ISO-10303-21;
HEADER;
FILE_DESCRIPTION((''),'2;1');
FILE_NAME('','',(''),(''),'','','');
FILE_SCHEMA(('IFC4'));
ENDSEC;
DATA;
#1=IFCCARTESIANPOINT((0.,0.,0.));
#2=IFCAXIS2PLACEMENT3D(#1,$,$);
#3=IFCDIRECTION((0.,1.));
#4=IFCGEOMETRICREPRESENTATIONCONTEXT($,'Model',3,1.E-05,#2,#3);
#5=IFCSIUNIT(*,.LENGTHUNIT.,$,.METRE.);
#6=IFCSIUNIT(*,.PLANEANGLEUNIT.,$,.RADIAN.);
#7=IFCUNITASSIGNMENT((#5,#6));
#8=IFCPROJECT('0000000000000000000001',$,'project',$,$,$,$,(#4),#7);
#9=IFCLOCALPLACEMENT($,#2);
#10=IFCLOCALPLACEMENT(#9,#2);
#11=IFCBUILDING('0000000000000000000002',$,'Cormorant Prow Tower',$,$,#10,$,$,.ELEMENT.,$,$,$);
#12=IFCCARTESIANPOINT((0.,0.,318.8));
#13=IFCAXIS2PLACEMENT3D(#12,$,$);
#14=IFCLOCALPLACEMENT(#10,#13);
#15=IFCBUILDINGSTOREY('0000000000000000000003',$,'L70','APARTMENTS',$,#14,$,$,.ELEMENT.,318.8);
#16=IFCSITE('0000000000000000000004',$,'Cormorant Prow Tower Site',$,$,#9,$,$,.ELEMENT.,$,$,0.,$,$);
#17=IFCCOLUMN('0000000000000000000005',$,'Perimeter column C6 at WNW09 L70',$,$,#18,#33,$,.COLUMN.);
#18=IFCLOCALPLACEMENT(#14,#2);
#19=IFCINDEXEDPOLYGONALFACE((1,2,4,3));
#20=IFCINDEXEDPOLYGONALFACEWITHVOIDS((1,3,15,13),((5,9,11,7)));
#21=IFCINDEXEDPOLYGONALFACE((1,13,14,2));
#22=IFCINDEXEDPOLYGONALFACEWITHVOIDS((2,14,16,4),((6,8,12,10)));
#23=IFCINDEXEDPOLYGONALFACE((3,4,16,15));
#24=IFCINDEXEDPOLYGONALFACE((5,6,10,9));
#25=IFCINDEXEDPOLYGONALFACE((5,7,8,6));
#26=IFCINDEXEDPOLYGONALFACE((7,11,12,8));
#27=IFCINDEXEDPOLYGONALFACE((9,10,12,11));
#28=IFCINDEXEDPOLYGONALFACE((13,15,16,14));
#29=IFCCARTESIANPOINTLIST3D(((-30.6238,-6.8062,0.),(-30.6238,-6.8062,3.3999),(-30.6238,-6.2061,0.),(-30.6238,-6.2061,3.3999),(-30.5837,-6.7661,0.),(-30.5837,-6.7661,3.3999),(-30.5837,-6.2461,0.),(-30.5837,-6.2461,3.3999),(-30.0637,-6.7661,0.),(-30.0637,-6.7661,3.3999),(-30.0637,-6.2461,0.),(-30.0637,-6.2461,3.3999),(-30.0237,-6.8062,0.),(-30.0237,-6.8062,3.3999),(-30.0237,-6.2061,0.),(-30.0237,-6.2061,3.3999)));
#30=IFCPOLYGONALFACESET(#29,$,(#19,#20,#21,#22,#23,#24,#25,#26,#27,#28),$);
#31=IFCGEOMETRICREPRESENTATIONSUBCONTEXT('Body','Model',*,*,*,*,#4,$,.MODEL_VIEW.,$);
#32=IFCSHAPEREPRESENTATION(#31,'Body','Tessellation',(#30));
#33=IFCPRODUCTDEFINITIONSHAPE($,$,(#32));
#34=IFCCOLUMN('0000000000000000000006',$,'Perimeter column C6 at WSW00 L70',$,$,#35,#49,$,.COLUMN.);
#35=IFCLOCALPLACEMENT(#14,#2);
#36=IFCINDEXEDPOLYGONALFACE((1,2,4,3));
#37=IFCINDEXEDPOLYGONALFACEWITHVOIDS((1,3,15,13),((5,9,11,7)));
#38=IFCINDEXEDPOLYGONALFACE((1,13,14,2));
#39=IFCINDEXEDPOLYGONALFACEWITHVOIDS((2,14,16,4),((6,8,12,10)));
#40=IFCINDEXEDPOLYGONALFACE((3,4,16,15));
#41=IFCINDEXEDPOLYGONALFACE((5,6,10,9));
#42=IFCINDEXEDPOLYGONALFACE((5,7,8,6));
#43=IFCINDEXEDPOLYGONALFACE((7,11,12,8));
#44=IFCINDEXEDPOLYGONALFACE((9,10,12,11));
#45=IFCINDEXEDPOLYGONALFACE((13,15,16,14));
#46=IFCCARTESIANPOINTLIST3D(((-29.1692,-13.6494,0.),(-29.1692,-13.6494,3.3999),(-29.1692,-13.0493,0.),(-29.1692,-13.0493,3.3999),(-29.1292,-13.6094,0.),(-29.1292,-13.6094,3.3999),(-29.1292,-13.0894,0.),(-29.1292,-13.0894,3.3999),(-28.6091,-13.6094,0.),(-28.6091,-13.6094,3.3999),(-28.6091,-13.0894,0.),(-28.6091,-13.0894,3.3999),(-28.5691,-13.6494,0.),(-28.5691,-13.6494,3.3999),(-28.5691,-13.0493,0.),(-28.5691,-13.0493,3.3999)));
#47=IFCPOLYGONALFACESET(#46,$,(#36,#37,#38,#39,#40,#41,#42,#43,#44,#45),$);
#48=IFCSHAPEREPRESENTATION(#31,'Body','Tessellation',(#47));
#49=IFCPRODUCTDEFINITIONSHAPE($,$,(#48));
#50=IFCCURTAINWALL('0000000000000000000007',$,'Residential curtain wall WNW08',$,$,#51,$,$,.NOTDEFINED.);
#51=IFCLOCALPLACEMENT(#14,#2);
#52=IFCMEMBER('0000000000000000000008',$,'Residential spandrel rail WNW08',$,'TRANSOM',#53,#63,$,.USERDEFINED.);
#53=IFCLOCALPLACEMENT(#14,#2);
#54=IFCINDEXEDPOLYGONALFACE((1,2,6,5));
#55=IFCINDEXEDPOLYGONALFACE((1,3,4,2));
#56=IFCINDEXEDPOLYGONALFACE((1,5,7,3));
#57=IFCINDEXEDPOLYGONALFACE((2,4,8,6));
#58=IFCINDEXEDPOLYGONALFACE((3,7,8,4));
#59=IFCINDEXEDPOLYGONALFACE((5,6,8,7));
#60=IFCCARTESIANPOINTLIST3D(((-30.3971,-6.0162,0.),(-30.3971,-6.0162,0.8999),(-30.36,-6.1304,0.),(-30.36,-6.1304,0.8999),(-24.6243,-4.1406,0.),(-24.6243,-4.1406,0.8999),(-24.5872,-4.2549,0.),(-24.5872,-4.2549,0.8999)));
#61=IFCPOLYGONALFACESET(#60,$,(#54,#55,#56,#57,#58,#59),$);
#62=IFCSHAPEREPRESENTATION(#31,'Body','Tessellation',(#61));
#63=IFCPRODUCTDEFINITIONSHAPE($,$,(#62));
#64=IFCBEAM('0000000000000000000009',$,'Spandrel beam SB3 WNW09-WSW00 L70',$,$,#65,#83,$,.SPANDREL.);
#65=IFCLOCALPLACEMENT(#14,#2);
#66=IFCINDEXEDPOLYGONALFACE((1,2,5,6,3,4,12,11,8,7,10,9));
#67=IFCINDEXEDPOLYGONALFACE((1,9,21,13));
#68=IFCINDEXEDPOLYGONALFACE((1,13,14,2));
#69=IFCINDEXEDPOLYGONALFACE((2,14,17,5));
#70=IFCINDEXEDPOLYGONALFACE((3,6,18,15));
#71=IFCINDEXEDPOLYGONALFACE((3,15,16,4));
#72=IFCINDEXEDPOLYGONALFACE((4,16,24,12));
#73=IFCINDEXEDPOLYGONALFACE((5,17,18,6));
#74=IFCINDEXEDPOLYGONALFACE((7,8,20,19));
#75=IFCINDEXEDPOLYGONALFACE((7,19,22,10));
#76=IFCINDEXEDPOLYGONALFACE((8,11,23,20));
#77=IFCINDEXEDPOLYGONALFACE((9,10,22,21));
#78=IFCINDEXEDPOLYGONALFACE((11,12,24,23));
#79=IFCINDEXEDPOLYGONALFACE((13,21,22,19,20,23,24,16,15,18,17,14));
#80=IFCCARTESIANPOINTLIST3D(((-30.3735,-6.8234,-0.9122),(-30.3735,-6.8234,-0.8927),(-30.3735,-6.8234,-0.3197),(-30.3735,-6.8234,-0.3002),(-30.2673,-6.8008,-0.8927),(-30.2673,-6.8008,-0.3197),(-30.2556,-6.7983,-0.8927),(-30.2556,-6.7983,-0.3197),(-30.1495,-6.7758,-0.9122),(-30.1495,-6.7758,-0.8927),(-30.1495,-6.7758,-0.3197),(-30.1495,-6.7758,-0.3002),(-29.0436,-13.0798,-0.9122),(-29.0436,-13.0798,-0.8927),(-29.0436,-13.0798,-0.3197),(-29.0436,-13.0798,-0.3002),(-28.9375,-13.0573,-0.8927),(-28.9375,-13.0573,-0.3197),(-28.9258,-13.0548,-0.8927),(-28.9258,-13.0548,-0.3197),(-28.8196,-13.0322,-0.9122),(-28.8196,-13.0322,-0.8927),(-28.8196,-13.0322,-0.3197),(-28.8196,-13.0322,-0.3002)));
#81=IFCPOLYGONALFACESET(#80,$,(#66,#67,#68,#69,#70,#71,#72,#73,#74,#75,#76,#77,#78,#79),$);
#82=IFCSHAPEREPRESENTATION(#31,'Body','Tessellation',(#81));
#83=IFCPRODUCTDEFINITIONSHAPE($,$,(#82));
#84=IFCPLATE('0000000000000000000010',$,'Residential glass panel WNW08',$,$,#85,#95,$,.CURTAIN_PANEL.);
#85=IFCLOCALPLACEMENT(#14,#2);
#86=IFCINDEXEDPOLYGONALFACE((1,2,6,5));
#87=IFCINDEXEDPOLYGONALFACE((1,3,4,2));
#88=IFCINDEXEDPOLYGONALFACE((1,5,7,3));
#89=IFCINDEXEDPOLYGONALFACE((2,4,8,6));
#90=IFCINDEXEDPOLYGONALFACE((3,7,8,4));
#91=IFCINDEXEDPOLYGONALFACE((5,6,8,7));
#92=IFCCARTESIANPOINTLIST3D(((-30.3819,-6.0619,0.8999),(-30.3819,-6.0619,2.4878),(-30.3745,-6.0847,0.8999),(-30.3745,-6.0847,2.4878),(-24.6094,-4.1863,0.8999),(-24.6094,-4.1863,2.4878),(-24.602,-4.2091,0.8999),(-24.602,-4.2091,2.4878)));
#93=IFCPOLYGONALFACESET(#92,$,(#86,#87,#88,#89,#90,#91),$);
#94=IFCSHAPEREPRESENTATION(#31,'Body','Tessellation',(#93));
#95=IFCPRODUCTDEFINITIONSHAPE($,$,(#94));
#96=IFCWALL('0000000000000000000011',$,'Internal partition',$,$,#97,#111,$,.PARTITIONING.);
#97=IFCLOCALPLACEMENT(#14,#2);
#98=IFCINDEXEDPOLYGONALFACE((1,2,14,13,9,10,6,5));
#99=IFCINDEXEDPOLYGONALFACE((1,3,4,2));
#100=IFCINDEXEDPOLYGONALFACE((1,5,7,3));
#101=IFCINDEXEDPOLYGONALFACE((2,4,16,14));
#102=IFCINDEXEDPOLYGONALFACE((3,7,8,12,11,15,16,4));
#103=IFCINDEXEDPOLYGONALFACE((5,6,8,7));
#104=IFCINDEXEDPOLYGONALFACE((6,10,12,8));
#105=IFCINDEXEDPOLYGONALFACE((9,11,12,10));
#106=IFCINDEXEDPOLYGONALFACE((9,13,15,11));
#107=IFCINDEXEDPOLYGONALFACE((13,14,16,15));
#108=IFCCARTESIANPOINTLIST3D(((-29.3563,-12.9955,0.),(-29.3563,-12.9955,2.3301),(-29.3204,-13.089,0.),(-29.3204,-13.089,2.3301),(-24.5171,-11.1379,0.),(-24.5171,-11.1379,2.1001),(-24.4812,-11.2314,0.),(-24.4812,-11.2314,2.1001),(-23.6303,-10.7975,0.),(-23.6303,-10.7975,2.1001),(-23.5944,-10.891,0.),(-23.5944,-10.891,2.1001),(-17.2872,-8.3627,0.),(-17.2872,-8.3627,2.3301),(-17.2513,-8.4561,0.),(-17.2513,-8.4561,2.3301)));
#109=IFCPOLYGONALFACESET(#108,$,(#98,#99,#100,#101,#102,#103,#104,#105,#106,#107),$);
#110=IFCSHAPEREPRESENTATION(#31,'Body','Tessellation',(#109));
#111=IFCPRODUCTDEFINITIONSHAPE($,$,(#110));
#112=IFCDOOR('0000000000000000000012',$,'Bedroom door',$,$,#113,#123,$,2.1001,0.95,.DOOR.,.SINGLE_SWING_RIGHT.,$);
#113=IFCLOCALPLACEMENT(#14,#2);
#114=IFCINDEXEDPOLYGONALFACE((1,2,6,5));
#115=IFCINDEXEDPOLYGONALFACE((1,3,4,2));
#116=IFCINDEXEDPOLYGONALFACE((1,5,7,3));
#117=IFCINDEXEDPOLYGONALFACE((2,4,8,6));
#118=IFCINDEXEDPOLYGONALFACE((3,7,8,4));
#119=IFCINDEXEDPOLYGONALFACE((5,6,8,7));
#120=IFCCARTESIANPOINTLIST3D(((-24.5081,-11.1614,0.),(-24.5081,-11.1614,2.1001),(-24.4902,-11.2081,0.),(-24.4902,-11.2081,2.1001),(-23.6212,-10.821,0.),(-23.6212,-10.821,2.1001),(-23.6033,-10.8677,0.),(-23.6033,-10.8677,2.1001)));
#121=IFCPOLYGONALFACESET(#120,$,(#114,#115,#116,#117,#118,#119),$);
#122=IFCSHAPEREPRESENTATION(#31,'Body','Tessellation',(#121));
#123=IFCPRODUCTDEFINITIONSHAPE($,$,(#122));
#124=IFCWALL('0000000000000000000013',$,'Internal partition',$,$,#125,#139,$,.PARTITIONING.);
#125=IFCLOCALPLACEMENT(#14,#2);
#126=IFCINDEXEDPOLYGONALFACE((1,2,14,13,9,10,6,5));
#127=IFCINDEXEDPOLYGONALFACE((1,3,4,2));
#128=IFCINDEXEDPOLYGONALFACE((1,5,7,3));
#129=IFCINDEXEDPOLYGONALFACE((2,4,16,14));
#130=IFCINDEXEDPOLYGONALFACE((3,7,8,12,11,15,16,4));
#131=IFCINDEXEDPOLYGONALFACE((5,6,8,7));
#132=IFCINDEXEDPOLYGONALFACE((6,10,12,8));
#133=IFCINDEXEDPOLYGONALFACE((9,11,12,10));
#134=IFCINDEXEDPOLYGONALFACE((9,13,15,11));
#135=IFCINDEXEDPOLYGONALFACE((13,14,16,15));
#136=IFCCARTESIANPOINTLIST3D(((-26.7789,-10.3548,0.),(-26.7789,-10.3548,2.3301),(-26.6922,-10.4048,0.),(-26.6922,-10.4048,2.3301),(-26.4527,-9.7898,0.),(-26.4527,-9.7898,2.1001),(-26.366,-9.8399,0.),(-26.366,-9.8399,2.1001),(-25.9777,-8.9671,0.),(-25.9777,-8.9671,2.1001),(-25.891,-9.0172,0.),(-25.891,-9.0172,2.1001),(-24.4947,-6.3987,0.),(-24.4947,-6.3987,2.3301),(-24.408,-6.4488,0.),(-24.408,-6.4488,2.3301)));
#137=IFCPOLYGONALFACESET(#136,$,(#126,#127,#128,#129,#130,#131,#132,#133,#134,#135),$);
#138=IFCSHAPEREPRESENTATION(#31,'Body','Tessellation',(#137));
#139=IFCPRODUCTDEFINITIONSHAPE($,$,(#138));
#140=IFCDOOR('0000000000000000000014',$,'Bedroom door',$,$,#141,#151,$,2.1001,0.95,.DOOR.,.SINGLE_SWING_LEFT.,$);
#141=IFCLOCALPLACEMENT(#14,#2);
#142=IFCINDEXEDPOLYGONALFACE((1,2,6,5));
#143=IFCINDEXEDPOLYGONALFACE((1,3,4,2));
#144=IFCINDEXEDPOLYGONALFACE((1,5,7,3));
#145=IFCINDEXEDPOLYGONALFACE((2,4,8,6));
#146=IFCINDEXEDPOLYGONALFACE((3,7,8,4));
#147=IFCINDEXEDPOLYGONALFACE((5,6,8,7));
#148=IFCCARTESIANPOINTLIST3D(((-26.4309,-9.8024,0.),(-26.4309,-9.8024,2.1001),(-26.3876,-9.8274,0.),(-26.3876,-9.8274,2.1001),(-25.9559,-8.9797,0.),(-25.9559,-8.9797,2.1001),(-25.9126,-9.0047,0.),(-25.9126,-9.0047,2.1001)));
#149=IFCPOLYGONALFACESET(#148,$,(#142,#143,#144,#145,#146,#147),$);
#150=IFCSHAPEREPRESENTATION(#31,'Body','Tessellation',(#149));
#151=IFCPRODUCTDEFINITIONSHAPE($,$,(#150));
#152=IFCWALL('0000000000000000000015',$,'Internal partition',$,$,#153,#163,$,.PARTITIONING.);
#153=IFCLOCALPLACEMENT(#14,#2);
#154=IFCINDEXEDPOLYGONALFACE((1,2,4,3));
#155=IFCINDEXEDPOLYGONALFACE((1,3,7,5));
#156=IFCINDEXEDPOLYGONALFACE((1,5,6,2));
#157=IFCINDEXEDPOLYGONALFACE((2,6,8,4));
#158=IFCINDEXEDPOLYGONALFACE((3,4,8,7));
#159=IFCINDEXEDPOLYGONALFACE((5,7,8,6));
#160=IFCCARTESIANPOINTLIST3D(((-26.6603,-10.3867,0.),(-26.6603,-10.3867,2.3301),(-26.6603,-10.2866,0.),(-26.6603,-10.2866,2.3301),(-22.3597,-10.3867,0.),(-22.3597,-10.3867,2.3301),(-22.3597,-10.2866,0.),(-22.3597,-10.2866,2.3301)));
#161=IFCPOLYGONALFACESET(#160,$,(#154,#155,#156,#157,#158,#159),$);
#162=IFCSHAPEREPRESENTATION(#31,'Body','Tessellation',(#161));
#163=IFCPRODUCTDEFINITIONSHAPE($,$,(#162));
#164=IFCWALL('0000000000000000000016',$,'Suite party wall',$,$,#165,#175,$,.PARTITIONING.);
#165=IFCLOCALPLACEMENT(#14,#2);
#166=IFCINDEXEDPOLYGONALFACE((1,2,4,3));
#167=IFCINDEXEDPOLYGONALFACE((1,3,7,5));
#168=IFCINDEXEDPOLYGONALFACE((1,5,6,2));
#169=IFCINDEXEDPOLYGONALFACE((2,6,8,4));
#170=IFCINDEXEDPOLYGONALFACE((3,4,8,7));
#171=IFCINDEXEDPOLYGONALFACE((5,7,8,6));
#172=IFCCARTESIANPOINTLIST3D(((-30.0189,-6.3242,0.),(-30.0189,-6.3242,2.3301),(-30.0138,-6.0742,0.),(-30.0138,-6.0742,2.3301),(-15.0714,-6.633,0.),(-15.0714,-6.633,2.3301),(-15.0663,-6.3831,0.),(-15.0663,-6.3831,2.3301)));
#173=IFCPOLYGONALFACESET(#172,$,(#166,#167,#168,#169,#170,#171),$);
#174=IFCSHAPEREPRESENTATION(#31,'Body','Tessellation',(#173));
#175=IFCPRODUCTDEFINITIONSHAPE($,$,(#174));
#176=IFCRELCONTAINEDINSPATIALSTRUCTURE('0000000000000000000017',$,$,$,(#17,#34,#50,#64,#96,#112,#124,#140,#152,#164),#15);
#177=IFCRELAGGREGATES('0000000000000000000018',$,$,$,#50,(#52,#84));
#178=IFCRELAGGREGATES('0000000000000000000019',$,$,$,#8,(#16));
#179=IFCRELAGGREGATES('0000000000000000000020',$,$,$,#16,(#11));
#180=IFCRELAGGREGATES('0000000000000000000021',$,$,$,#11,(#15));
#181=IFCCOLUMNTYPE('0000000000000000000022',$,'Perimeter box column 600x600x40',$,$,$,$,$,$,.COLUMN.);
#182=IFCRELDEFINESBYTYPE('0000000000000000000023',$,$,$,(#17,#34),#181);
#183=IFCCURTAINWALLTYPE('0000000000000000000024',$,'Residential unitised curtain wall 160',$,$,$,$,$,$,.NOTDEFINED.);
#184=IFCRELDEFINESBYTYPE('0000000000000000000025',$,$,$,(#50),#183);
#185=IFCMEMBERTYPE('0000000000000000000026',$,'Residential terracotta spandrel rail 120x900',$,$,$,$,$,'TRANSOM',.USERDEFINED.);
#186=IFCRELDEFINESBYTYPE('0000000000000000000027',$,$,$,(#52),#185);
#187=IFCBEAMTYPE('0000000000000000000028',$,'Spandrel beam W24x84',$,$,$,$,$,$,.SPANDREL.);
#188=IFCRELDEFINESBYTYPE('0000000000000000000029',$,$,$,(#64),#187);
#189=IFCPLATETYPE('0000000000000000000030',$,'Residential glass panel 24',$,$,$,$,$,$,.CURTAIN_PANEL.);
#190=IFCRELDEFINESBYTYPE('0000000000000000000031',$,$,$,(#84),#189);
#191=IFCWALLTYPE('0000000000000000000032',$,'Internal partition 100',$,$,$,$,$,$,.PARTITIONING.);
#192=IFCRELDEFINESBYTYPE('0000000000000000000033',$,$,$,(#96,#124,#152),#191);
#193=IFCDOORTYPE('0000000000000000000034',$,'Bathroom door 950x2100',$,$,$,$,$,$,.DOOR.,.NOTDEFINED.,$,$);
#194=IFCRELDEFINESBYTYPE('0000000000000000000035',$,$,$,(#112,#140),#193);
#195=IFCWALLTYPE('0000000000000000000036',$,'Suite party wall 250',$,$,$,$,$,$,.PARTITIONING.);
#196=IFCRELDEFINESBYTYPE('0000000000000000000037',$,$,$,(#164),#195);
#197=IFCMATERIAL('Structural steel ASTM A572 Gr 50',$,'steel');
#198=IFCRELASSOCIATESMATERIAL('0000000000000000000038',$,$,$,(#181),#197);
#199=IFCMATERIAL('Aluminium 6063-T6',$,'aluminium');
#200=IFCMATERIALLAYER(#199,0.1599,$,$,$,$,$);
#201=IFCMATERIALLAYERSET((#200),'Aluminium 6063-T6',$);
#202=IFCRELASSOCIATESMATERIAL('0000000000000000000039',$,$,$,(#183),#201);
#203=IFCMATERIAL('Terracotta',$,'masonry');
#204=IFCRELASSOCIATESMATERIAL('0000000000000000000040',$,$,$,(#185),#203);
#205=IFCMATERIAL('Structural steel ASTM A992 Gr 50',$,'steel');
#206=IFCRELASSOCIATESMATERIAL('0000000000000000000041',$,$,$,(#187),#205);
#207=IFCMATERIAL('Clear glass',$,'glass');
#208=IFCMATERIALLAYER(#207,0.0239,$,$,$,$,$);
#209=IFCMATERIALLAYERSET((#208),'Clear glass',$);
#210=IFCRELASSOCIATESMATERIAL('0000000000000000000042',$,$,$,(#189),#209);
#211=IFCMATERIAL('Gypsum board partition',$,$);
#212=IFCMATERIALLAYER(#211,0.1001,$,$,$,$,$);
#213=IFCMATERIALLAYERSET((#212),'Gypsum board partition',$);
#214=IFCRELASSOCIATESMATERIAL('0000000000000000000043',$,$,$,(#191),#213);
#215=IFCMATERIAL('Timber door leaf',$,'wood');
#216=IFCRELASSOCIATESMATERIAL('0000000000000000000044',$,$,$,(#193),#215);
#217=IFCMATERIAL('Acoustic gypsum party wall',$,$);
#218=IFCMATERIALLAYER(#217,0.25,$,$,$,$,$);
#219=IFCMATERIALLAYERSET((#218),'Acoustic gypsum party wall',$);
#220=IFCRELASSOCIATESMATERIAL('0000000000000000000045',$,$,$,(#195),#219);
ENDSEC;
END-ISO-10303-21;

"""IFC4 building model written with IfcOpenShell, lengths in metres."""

from ifc_helpers import new_model, si_unit, direction, frame, frame_2d, origin, origin_2d, place, context, subcontext, project, spatial, rectangle, hollow_rectangle, i_section, extrude, material, layer, layer_set, material_profile, profile_set, type_object, element, fill, aggregate, save


model = new_model("IFC4")

# Units and contexts
model_context = context("Model", 3, precision=1e-05, world=origin(), true_north=direction((0.0, 1.0)))
body_context = subcontext(model_context, "Body", "Model", "MODEL_VIEW")
ifc_project = project(units=[si_unit("LENGTHUNIT", "METRE"), si_unit("PLANEANGLEUNIT", "RADIAN")], contexts=[model_context])

# Site, building, storey
site_placement = place(None, origin())
site = spatial("IfcSite", under=ifc_project, at=site_placement, Name="Cormorant Prow Tower Site", CompositionType="ELEMENT", RefElevation=0.0)
building_placement = place(site_placement, origin())
building = spatial("IfcBuilding", under=site, at=building_placement, Name="Cormorant Prow Tower", CompositionType="ELEMENT")
storey_placement = place(building_placement, frame((0.0, 0.0, 318.8)))
storey = spatial("IfcBuildingStorey", under=building, at=storey_placement, Name="L70", Description="APARTMENTS", CompositionType="ELEMENT", Elevation=318.8)

# Columns
ifc_material_1 = material(Name="Structural steel ASTM A572 Gr 50", Category="steel")
ifc_material_profile_1 = material_profile(ifc_material_1, hollow_rectangle(XDim=0.6001, YDim=0.6001, WallThickness=0.04, at=origin_2d()), Name="Box 600x600x40")
ifc_profile_set_1 = profile_set([ifc_material_profile_1], Name="Structural steel ASTM A572 Gr 50")
column_type = type_object("IfcColumnType", Name="Perimeter box column 600x600x40", PredefinedType="COLUMN", material=ifc_profile_set_1)
for number, where, z_axis, x_axis, name in (
    (1, (-30.3237, -6.5061, 0.0), (0.0, 0.0, 1.0), (1.0, 0.0, 0.0), "Perimeter column C6 at WNW09 L70"),
    (2, (-28.8691, -13.3494, 0.0), (0.0, 0.0, 1.0), (1.0, 0.0, 0.0), "Perimeter column C6 at WSW00 L70"),
):
    element("IfcColumn", number, at=place(storey_placement, frame(where, z_axis=z_axis, x_axis=x_axis)), inside=storey, type_object=column_type, Name=name, PredefinedType="COLUMN", context=body_context, shape_type="SweptSolid", body=[
        extrude(hollow_rectangle(XDim=0.6001, YDim=0.6001, WallThickness=0.04, at=origin_2d()), origin(), (0.0, 0.0, 1.0), 3.3999),
    ])

# Curtain wall, member
ifc_material_2 = material(Name="Aluminium 6063-T6", Category="aluminium")
ifc_layer_1 = layer(ifc_material_2, 0.1599)
ifc_layer_set_1 = layer_set([ifc_layer_1], Name="Aluminium 6063-T6")
curtain_wall_type = type_object("IfcCurtainWallType", Name="Residential unitised curtain wall 160", PredefinedType="NOTDEFINED", material=ifc_layer_set_1)
curtain_wall_placement = place(storey_placement, origin())
curtain_wall = element("IfcCurtainWall", 3, at=curtain_wall_placement, inside=storey, type_object=curtain_wall_type, Name="Residential curtain wall WNW08", PredefinedType="NOTDEFINED")
ifc_material_3 = material(Name="Terracotta", Category="masonry")
ifc_material_profile_2 = material_profile(ifc_material_3, rectangle(XDim=0.1201, YDim=0.8999, at=origin_2d()), Name="Residential terracotta spandrel rail 120x900")
ifc_profile_set_2 = profile_set([ifc_material_profile_2], Name="Terracotta")
member_type = type_object("IfcMemberType", Name="Residential terracotta spandrel rail 120x900", ElementType="TRANSOM", PredefinedType="USERDEFINED", material=ifc_profile_set_2)
member_placement = place(storey_placement, frame((-24.6057, -4.1978, 0.45), z_axis=(-0.951065, -0.308991, 0.0), x_axis=(0.308991, -0.951065, 0.0)))
member = element("IfcMember", 4, at=member_placement, type_object=member_type, Name="Residential spandrel rail WNW08", ObjectType="TRANSOM", PredefinedType="USERDEFINED", context=body_context, shape_type="SweptSolid", body=[
    extrude(rectangle(XDim=0.1201, YDim=0.8999, at=origin_2d()), origin(), (0.0, 0.0, 1.0), 6.0698),
])

# Beam
ifc_material_4 = material(Name="Structural steel ASTM A992 Gr 50", Category="steel")
ifc_material_profile_3 = material_profile(ifc_material_4, i_section(OverallWidth=0.229, OverallDepth=0.6121, WebThickness=0.012, FlangeThickness=0.0195, at=origin_2d()), Name="W24x84")
ifc_profile_set_3 = profile_set([ifc_material_profile_3], Name="Structural steel ASTM A992 Gr 50")
beam_type = type_object("IfcBeamType", Name="Spandrel beam W24x84", PredefinedType="SPANDREL", material=ifc_profile_set_3)
beam_placement = place(storey_placement, frame((-30.2615, -6.7996, -0.6062), z_axis=(0.207913, -0.978147, 0.0), x_axis=(0.978147, 0.207913, 0.0)))
element("IfcBeam", 5, at=beam_placement, inside=storey, type_object=beam_type, Name="Spandrel beam SB3 WNW09-WSW00 L70", PredefinedType="SPANDREL", context=body_context, shape_type="SweptSolid", body=[
    extrude(i_section(OverallWidth=0.229, OverallDepth=0.6121, WebThickness=0.012, FlangeThickness=0.0195, at=origin_2d()), origin(), (0.0, 0.0, 1.0), 6.3962),
])

# Plate
ifc_material_5 = material(Name="Clear glass", Category="glass")
ifc_layer_2 = layer(ifc_material_5, 0.0239)
ifc_layer_set_2 = layer_set([ifc_layer_2], Name="Clear glass")
plate_type = type_object("IfcPlateType", Name="Residential glass panel 24", PredefinedType="CURTAIN_PANEL", material=ifc_layer_set_2)
plate_placement = place(storey_placement, frame((-27.4919, -5.1355, 0.8999), z_axis=(0.0, 0.0, 1.0), x_axis=(-0.951057, -0.309017, 0.0)))
plate = element("IfcPlate", 6, at=plate_placement, type_object=plate_type, Name="Residential glass panel WNW08", PredefinedType="CURTAIN_PANEL", context=body_context, shape_type="SweptSolid", body=[
    extrude(rectangle(XDim=6.0696, YDim=0.0239, at=origin_2d()), origin(), (0.0, 0.0, 1.0), 1.5879),
])
aggregate(curtain_wall, [member, plate])

# Walls, openings, doors
ifc_material_6 = material(Name="Gypsum board partition")
ifc_layer_3 = layer(ifc_material_6, 0.1001)
ifc_layer_set_3 = layer_set([ifc_layer_3], Name="Gypsum board partition")
wall_type_1 = type_object("IfcWallType", Name="Internal partition 100", PredefinedType="PARTITIONING", material=ifc_layer_set_3)
wall_1_placement = place(storey_placement, frame((-29.3384, -13.0422, 0.0), z_axis=(0.0, 0.0, 1.0), x_axis=(0.933582, 0.358363, 0.0)))
wall_1 = element("IfcWall", 7, at=wall_1_placement, inside=storey, type_object=wall_type_1, Name="Internal partition", PredefinedType="PARTITIONING", context=body_context, shape_type="SweptSolid", body=[
    extrude(rectangle(XDim=12.9277, YDim=0.1001, at=frame_2d((6.4639, 0.0))), origin(), (0.0, 0.0, 1.0), 2.3301),
])
opening_1_placement = place(wall_1_placement, frame((5.1833, 0.0, 0.0)))
opening_1 = element("IfcOpeningElement", 8, at=opening_1_placement, cuts=wall_1, PredefinedType="OPENING", context=body_context, shape_type="SweptSolid", body=[
    extrude(rectangle(XDim=0.95, YDim=2.1001, at=frame_2d((0.4751, 1.05))), frame((0.0, 0.0601, 0.0), z_axis=(0.0, -1.0, 0.0), x_axis=(1.0, 0.0, 0.0)), (0.0, 0.0, 1.0), 0.1201),
])
ifc_material_7 = material(Name="Timber door leaf", Category="wood")
door_type_1 = type_object("IfcDoorType", Name="Bathroom door 950x2100", OperationType="NOTDEFINED", PredefinedType="DOOR", material=ifc_material_7)
door_1_placement = place(opening_1_placement, origin())
door_1 = element("IfcDoor", 9, at=door_1_placement, inside=storey, type_object=door_type_1, Name="Bedroom door", OperationType="SINGLE_SWING_RIGHT", OverallHeight=2.1001, OverallWidth=0.95, PredefinedType="DOOR", context=body_context, shape_type="SweptSolid", body=[
    extrude(rectangle(XDim=0.95, YDim=2.1001, at=frame_2d((0.4751, 1.05))), frame((0.0, 0.0249, 0.0), z_axis=(0.0, -1.0, 0.0), x_axis=(1.0, 0.0, 0.0)), (0.0, 0.0, 1.0), 0.05),
])
fill(opening_1, door_1)
wall_2_placement = place(storey_placement, frame((-26.7356, -10.3799, 0.0), z_axis=(0.0, 0.0, 1.0), x_axis=(0.500025, 0.866011, 0.0)))
wall_2 = element("IfcWall", 10, at=wall_2_placement, inside=storey, type_object=wall_type_1, Name="Internal partition", PredefinedType="PARTITIONING", context=body_context, shape_type="SweptSolid", body=[
    extrude(rectangle(XDim=4.5681, YDim=0.1001, at=frame_2d((2.2842, 0.0))), origin(), (0.0, 0.0, 1.0), 2.3301),
])
opening_2_placement = place(wall_2_placement, frame((0.6523, 0.0, 0.0)))
opening_2 = element("IfcOpeningElement", 11, at=opening_2_placement, cuts=wall_2, PredefinedType="OPENING", context=body_context, shape_type="SweptSolid", body=[
    extrude(rectangle(XDim=0.95, YDim=2.1001, at=frame_2d((0.4751, 1.05))), frame((0.0, 0.0601, 0.0), z_axis=(0.0, -1.0, 0.0), x_axis=(1.0, 0.0, 0.0)), (0.0, 0.0, 1.0), 0.1201),
])
door_2_placement = place(opening_2_placement, origin())
door_2 = element("IfcDoor", 12, at=door_2_placement, inside=storey, type_object=door_type_1, Name="Bedroom door", OperationType="SINGLE_SWING_LEFT", OverallHeight=2.1001, OverallWidth=0.95, PredefinedType="DOOR", context=body_context, shape_type="SweptSolid", body=[
    extrude(rectangle(XDim=0.95, YDim=2.1001, at=frame_2d((0.4751, 1.05))), frame((0.0, 0.0249, 0.0), z_axis=(0.0, -1.0, 0.0), x_axis=(1.0, 0.0, 0.0)), (0.0, 0.0, 1.0), 0.05),
])
fill(opening_2, door_2)

# Walls
wall_3_placement = place(storey_placement, frame((-26.6604, -10.3367, 0.0), z_axis=(0.0, 0.0, 1.0), x_axis=(1.0, 0.0, 0.0)))
element("IfcWall", 13, at=wall_3_placement, inside=storey, type_object=wall_type_1, Name="Internal partition", PredefinedType="PARTITIONING", context=body_context, shape_type="SweptSolid", body=[
    extrude(rectangle(XDim=4.3005, YDim=0.1001, at=frame_2d((2.1504, 0.0))), origin(), (0.0, 0.0, 1.0), 2.3301),
])
ifc_material_8 = material(Name="Acoustic gypsum party wall")
ifc_layer_4 = layer(ifc_material_8, 0.25)
ifc_layer_set_4 = layer_set([ifc_layer_4], Name="Acoustic gypsum party wall")
wall_type_2 = type_object("IfcWallType", Name="Suite party wall 250", PredefinedType="PARTITIONING", material=ifc_layer_set_4)
wall_4_placement = place(storey_placement, frame((-30.0164, -6.1992, 0.0), z_axis=(0.0, 0.0, 1.0), x_axis=(0.999787, -0.020657, 0.0)))
element("IfcWall", 14, at=wall_4_placement, inside=storey, type_object=wall_type_2, Name="Suite party wall", PredefinedType="PARTITIONING", context=body_context, shape_type="SweptSolid", body=[
    extrude(rectangle(XDim=14.9507, YDim=0.25, at=frame_2d((7.4753, 0.0))), origin(), (0.0, 0.0, 1.0), 2.3301),
])

save(model, "model.ifc")
